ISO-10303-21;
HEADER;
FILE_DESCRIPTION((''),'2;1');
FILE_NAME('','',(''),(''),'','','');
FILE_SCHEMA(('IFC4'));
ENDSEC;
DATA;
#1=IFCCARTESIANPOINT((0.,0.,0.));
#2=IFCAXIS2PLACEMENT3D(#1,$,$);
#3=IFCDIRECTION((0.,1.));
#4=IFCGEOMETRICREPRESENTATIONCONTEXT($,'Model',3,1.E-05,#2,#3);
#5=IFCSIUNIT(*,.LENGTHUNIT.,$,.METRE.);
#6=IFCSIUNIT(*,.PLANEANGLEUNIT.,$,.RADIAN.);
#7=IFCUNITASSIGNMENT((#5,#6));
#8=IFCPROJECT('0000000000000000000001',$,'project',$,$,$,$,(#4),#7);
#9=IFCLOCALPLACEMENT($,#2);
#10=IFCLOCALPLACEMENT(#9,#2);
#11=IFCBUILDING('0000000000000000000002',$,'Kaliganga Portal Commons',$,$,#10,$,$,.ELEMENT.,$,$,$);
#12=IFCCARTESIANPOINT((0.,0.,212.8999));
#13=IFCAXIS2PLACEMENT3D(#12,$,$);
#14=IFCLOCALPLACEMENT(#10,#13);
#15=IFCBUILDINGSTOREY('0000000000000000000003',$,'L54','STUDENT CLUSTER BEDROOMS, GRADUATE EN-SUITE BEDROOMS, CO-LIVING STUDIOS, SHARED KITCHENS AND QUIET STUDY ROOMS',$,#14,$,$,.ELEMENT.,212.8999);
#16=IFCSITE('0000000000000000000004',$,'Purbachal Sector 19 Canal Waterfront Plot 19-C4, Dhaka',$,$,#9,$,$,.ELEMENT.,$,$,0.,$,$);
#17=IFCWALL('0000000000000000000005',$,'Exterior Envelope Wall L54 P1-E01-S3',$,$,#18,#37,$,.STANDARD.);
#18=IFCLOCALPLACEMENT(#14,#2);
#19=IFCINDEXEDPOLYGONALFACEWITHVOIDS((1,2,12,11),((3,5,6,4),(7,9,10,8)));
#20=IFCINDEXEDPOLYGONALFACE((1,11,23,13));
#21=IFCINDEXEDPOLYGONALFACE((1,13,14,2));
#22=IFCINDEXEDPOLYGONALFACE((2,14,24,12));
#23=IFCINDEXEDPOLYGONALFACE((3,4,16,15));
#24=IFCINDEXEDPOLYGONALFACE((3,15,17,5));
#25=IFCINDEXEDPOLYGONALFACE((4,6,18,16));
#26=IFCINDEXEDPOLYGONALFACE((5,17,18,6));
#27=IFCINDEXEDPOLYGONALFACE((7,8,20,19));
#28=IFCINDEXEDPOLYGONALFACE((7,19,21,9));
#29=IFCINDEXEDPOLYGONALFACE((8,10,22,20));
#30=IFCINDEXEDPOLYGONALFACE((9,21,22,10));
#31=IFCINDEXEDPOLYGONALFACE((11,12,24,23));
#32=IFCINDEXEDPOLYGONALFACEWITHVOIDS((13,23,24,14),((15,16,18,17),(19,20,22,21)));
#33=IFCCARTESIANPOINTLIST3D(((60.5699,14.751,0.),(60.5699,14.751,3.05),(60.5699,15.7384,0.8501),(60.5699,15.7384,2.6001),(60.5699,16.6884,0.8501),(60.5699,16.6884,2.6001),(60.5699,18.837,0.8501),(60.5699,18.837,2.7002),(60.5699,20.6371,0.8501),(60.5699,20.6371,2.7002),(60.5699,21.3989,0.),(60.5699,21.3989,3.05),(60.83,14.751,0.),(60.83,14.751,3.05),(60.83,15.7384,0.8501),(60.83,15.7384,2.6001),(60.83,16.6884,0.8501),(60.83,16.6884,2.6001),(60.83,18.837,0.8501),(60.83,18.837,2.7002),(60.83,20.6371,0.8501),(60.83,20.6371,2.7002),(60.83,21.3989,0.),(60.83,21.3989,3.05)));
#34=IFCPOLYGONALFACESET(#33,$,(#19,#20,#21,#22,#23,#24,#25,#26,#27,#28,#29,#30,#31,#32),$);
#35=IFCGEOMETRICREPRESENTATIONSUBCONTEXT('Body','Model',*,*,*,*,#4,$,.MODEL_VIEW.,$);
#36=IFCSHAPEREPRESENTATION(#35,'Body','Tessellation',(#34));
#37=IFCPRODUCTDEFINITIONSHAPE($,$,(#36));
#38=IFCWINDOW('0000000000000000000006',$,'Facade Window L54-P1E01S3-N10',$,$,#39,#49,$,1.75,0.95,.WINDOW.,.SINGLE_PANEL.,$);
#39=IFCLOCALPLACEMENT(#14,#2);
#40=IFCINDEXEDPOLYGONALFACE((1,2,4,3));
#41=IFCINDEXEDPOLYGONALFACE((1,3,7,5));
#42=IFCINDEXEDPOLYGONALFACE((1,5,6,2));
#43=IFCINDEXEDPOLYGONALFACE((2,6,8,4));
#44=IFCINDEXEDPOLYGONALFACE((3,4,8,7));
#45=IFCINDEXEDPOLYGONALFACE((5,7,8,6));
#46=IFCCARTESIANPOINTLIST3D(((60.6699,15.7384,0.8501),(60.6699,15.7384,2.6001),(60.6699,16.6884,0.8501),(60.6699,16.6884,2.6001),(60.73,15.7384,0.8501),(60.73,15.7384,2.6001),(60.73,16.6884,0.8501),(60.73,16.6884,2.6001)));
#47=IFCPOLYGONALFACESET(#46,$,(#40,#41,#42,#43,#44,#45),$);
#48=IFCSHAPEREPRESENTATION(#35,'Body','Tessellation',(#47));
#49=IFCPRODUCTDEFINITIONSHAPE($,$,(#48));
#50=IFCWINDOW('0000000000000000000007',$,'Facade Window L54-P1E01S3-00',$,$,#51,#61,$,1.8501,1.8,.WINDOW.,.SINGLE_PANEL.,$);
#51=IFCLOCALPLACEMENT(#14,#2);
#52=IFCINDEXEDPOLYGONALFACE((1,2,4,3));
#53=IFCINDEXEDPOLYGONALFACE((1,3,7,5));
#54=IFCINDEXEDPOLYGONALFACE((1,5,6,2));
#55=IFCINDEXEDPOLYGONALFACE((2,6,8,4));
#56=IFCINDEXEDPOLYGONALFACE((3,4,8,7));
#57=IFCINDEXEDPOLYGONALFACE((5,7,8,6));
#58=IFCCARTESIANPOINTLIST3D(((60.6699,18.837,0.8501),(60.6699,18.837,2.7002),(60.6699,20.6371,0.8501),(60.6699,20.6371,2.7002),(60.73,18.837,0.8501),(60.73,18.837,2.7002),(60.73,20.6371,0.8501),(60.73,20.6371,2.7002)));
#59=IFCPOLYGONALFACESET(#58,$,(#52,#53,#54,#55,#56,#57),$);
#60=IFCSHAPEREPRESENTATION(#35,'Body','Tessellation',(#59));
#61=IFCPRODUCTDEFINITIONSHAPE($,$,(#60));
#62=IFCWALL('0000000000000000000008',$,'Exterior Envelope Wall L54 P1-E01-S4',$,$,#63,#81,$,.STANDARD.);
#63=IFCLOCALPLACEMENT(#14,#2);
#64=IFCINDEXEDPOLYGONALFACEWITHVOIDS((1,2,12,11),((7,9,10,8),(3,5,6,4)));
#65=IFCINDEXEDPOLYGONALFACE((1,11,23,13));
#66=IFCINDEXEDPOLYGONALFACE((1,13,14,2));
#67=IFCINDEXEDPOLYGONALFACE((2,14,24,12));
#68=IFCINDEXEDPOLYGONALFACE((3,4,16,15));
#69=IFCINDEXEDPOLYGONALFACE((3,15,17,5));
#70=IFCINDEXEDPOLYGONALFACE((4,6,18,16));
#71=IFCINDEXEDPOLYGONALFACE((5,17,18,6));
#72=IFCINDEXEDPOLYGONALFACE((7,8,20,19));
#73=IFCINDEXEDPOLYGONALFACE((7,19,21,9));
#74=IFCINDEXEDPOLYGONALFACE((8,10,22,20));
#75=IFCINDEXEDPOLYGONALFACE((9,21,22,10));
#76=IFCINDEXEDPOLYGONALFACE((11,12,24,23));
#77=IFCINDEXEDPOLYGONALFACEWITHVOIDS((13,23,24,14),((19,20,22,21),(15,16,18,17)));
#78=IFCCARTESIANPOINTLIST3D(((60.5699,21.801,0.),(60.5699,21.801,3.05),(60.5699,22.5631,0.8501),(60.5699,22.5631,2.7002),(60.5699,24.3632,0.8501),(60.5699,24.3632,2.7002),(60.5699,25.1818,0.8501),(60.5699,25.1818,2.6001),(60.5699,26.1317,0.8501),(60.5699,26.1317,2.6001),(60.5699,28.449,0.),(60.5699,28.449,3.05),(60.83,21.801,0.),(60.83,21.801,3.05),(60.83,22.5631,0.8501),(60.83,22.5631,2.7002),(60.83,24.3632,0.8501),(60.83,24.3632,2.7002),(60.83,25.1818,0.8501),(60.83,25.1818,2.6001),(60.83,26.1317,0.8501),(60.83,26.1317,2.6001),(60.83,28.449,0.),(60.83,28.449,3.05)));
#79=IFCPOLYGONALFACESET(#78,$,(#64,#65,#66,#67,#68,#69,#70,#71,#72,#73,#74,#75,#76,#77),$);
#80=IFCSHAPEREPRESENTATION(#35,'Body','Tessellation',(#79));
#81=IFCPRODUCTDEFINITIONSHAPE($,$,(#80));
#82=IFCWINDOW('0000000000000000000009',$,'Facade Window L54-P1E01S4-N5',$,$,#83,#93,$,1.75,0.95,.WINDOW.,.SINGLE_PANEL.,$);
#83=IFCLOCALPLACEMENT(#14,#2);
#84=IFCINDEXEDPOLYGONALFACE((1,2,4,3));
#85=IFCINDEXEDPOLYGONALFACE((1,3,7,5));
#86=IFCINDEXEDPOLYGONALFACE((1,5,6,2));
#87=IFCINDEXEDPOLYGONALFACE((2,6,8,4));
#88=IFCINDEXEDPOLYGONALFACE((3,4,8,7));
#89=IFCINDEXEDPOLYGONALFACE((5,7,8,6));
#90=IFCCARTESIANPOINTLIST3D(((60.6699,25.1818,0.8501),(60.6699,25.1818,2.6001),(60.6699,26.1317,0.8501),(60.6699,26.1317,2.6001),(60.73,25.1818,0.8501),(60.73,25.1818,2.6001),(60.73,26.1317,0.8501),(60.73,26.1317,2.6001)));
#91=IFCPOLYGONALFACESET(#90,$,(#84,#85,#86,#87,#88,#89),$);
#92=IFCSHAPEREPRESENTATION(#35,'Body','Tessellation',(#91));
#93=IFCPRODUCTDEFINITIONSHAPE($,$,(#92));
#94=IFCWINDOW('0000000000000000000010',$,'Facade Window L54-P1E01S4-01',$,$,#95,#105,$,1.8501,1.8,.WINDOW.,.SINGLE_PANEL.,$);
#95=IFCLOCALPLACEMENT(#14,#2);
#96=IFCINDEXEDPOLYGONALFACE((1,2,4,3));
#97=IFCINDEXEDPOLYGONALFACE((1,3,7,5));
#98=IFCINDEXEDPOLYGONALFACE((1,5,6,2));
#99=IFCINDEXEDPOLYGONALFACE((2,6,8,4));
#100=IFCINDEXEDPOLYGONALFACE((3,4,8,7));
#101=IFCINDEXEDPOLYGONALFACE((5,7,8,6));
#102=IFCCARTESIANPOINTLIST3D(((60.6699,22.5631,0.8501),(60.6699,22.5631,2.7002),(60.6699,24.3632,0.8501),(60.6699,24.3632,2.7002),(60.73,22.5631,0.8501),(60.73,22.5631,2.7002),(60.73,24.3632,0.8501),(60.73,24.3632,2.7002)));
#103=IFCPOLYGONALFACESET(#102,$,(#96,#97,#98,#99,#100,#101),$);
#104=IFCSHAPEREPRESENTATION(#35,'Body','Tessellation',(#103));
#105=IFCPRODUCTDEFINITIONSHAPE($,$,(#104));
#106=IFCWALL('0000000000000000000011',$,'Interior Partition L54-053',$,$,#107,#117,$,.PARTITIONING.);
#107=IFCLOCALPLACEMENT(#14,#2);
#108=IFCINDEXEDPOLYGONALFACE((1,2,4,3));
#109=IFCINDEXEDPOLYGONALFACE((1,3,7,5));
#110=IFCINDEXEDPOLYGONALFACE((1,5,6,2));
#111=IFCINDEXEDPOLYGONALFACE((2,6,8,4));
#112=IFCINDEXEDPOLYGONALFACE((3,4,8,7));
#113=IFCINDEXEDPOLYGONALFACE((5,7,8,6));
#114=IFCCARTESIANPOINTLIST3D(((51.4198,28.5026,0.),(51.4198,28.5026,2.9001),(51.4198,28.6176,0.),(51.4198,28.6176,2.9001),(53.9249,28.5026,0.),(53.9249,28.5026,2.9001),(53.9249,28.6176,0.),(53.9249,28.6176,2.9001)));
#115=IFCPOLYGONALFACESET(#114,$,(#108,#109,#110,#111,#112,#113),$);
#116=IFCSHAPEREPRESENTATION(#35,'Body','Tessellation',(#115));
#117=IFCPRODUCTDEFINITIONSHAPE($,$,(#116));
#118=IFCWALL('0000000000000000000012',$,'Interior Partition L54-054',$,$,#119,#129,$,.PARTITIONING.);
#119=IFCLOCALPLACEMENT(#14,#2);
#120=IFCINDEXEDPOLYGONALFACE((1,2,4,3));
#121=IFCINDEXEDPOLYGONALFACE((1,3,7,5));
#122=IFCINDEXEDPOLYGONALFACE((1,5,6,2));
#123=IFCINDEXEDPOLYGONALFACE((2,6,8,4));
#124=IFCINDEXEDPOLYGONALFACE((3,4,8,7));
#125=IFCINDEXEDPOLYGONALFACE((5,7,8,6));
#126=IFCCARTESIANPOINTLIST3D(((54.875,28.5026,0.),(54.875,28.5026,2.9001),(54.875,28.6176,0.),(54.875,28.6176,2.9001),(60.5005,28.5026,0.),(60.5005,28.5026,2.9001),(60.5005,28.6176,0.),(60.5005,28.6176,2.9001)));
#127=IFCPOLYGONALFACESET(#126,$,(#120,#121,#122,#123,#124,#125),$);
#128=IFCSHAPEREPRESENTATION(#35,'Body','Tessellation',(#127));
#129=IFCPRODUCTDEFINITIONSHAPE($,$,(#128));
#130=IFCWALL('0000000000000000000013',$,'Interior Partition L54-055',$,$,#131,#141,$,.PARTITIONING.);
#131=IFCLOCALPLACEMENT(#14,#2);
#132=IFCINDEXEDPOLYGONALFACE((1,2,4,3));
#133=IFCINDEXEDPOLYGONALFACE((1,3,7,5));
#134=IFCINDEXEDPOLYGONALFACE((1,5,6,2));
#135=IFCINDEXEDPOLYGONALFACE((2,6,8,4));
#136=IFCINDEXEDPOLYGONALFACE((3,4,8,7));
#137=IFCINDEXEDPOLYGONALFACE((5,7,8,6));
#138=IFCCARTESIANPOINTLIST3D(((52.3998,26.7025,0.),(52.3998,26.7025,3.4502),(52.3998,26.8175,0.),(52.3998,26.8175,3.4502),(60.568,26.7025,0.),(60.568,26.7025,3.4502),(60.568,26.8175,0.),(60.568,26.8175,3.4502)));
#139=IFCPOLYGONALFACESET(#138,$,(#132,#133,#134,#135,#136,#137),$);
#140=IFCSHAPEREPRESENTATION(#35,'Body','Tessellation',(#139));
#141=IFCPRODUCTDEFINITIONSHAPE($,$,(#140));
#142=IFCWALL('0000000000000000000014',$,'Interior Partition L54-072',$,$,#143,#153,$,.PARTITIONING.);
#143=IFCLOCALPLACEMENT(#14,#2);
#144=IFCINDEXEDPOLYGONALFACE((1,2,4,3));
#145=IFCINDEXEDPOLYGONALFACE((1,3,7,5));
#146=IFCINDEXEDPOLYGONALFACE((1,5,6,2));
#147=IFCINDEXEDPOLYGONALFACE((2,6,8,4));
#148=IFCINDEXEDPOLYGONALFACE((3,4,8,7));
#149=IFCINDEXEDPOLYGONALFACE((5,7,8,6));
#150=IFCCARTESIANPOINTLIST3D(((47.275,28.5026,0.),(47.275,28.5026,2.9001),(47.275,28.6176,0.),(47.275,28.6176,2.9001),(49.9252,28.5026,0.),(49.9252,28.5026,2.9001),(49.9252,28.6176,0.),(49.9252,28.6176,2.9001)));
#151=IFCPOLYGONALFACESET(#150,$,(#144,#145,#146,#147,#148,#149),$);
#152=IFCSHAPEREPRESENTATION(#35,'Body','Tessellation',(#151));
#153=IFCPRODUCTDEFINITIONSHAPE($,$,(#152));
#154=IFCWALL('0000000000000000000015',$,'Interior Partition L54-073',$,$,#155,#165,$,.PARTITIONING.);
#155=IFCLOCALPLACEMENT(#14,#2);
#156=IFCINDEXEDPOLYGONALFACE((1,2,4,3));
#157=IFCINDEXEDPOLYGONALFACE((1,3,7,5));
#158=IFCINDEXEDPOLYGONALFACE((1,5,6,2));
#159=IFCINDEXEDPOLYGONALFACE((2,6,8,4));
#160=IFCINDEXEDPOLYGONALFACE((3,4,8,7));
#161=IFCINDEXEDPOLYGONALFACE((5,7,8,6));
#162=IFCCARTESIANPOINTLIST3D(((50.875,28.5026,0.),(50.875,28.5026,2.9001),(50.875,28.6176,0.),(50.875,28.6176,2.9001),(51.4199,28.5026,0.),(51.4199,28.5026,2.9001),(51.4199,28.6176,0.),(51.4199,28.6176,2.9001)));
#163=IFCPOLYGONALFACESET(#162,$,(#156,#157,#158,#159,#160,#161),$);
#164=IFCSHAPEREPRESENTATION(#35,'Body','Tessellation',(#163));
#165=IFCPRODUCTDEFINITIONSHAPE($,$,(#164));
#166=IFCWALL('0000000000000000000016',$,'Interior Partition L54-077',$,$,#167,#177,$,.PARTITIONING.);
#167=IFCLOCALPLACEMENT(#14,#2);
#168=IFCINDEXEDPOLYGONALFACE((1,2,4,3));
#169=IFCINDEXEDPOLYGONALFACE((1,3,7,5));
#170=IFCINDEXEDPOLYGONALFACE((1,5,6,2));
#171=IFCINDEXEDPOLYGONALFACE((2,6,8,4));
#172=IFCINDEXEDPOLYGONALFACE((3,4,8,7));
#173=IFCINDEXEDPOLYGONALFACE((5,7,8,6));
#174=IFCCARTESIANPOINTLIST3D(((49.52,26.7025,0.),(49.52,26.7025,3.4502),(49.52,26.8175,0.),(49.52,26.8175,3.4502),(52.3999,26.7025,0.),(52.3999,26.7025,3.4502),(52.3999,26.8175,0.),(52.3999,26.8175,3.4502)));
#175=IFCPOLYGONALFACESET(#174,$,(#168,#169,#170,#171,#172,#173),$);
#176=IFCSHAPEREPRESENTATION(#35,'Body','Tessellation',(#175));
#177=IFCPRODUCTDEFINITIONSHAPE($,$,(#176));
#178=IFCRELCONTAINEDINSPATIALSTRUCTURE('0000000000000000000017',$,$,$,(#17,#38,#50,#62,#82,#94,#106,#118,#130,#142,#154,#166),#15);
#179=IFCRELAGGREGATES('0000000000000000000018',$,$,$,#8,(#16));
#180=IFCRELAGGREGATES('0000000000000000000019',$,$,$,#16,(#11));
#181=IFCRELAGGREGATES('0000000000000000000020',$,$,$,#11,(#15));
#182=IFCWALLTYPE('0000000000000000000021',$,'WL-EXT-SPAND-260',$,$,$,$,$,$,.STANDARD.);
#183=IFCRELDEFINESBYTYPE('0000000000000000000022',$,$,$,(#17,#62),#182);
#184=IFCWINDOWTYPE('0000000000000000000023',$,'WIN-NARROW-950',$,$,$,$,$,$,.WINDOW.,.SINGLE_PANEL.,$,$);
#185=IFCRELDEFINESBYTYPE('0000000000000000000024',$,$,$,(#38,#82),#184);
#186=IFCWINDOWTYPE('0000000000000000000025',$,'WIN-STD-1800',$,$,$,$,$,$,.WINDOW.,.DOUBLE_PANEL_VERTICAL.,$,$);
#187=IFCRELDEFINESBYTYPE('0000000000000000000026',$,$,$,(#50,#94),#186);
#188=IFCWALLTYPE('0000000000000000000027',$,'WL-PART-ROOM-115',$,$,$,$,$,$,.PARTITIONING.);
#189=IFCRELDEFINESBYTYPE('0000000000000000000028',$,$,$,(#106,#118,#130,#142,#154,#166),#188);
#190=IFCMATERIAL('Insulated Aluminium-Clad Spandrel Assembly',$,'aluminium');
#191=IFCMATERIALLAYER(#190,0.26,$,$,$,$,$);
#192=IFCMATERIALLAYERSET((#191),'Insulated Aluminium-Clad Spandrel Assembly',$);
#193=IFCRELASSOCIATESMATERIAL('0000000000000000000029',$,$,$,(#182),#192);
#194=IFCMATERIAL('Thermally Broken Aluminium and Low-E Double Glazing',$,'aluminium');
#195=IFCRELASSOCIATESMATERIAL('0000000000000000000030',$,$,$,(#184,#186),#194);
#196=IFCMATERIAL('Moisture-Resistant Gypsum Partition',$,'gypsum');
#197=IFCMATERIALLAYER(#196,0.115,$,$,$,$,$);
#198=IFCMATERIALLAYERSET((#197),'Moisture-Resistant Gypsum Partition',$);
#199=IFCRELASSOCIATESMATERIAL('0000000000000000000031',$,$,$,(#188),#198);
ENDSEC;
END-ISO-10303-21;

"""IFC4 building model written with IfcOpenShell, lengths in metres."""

from ifc_helpers import new_model, si_unit, direction, frame, frame_2d, origin, place, context, subcontext, project, spatial, rectangle, extrude, material, layer, layer_set, type_object, element, fill, save


model = new_model("IFC4")

# Units and contexts
model_context = context("Model", 3, precision=1e-05, world=origin(), true_north=direction((0.0, 1.0)))
body_context = subcontext(model_context, "Body", "Model", "MODEL_VIEW")
ifc_project = project(units=[si_unit("LENGTHUNIT", "METRE"), si_unit("PLANEANGLEUNIT", "RADIAN")], contexts=[model_context])

# Site, building, storey
site_placement = place(None, origin())
site = spatial("IfcSite", under=ifc_project, at=site_placement, Name="Purbachal Sector 19 Canal Waterfront Plot 19-C4, Dhaka", CompositionType="ELEMENT", RefElevation=0.0)
building_placement = place(site_placement, origin())
building = spatial("IfcBuilding", under=site, at=building_placement, Name="Kaliganga Portal Commons", CompositionType="ELEMENT")
storey_placement = place(building_placement, frame((0.0, 0.0, 212.8999)))
storey = spatial("IfcBuildingStorey", under=building, at=storey_placement, Name="L54", Description="STUDENT CLUSTER BEDROOMS, GRADUATE EN-SUITE BEDROOMS, CO-LIVING STUDIOS, SHARED KITCHENS AND QUIET STUDY ROOMS", CompositionType="ELEMENT", Elevation=212.8999)

# Walls, openings, windows
ifc_material_1 = material(Name="Insulated Aluminium-Clad Spandrel Assembly", Category="aluminium")
ifc_layer_1 = layer(ifc_material_1, 0.26)
ifc_layer_set_1 = layer_set([ifc_layer_1], Name="Insulated Aluminium-Clad Spandrel Assembly")
wall_type_1 = type_object("IfcWallType", Name="WL-EXT-SPAND-260", PredefinedType="STANDARD", material=ifc_layer_set_1)
wall_1_placement = place(storey_placement, frame((60.7, 21.3989, 0.0), z_axis=(0.0, 0.0, 1.0), x_axis=(0.0, -1.0, 0.0)))
wall_1 = element("IfcWall", 1, at=wall_1_placement, inside=storey, type_object=wall_type_1, Name="Exterior Envelope Wall L54 P1-E01-S3", PredefinedType="STANDARD", context=body_context, shape_type="SweptSolid", body=[
    extrude(rectangle(XDim=6.6479, YDim=0.26, at=frame_2d((3.324, 0.0))), origin(), (0.0, 0.0, 1.0), 3.05),
])
opening_1_placement = place(wall_1_placement, frame((0.762, 0.0, 0.8501)))
opening_1 = element("IfcOpeningElement", 2, at=opening_1_placement, cuts=wall_1, PredefinedType="OPENING", context=body_context, shape_type="SweptSolid", body=[
    extrude(rectangle(XDim=1.8, YDim=1.8501, at=frame_2d((0.8999, 0.925))), frame((0.0, 0.1401, 0.0), z_axis=(0.0, -1.0, 0.0), x_axis=(1.0, 0.0, 0.0)), (0.0, 0.0, 1.0), 0.28),
])
opening_2_placement = place(wall_1_placement, frame((4.7104, 0.0, 0.8501)))
opening_2 = element("IfcOpeningElement", 3, at=opening_2_placement, cuts=wall_1, PredefinedType="OPENING", context=body_context, shape_type="SweptSolid", body=[
    extrude(rectangle(XDim=0.95, YDim=1.75, at=frame_2d((0.4751, 0.875))), frame((0.0, 0.1401, 0.0), z_axis=(0.0, -1.0, 0.0), x_axis=(1.0, 0.0, 0.0)), (0.0, 0.0, 1.0), 0.28),
])
ifc_material_2 = material(Name="Thermally Broken Aluminium and Low-E Double Glazing", Category="aluminium")
window_type_1 = type_object("IfcWindowType", Name="WIN-NARROW-950", PartitioningType="SINGLE_PANEL", PredefinedType="WINDOW", material=ifc_material_2)
window_1_placement = place(opening_2_placement, origin())
window_1 = element("IfcWindow", 4, at=window_1_placement, inside=storey, type_object=window_type_1, Name="Facade Window L54-P1E01S3-N10", OverallHeight=1.75, OverallWidth=0.95, PartitioningType="SINGLE_PANEL", PredefinedType="WINDOW", context=body_context, shape_type="SweptSolid", body=[
    extrude(rectangle(XDim=0.95, YDim=1.75, at=frame_2d((0.4751, 0.875))), frame((0.0, 0.03, 0.0), z_axis=(0.0, -1.0, 0.0), x_axis=(1.0, 0.0, 0.0)), (0.0, 0.0, 1.0), 0.0601),
])
fill(opening_2, window_1)
window_type_2 = type_object("IfcWindowType", Name="WIN-STD-1800", PartitioningType="DOUBLE_PANEL_VERTICAL", PredefinedType="WINDOW", material=ifc_material_2)
window_2_placement = place(opening_1_placement, origin())
window_2 = element("IfcWindow", 5, at=window_2_placement, inside=storey, type_object=window_type_2, Name="Facade Window L54-P1E01S3-00", OverallHeight=1.8501, OverallWidth=1.8, PartitioningType="SINGLE_PANEL", PredefinedType="WINDOW", context=body_context, shape_type="SweptSolid", body=[
    extrude(rectangle(XDim=1.8, YDim=1.8501, at=frame_2d((0.8999, 0.925))), frame((0.0, 0.03, 0.0), z_axis=(0.0, -1.0, 0.0), x_axis=(1.0, 0.0, 0.0)), (0.0, 0.0, 1.0), 0.0601),
])
fill(opening_1, window_2)
wall_2_placement = place(storey_placement, frame((60.7, 28.449, 0.0), z_axis=(0.0, 0.0, 1.0), x_axis=(0.0, -1.0, 0.0)))
wall_2 = element("IfcWall", 6, at=wall_2_placement, inside=storey, type_object=wall_type_1, Name="Exterior Envelope Wall L54 P1-E01-S4", PredefinedType="STANDARD", context=body_context, shape_type="SweptSolid", body=[
    extrude(rectangle(XDim=6.6479, YDim=0.26, at=frame_2d((3.324, 0.0))), origin(), (0.0, 0.0, 1.0), 3.05),
])
opening_3_placement = place(wall_2_placement, frame((4.0859, 0.0, 0.8501)))
opening_3 = element("IfcOpeningElement", 7, at=opening_3_placement, cuts=wall_2, PredefinedType="OPENING", context=body_context, shape_type="SweptSolid", body=[
    extrude(rectangle(XDim=1.8, YDim=1.8501, at=frame_2d((0.8999, 0.925))), frame((0.0, 0.1401, 0.0), z_axis=(0.0, -1.0, 0.0), x_axis=(1.0, 0.0, 0.0)), (0.0, 0.0, 1.0), 0.28),
])
opening_4_placement = place(wall_2_placement, frame((2.3171, 0.0, 0.8501)))
opening_4 = element("IfcOpeningElement", 8, at=opening_4_placement, cuts=wall_2, PredefinedType="OPENING", context=body_context, shape_type="SweptSolid", body=[
    extrude(rectangle(XDim=0.95, YDim=1.75, at=frame_2d((0.4751, 0.875))), frame((0.0, 0.1401, 0.0), z_axis=(0.0, -1.0, 0.0), x_axis=(1.0, 0.0, 0.0)), (0.0, 0.0, 1.0), 0.28),
])
window_3_placement = place(opening_4_placement, origin())
window_3 = element("IfcWindow", 9, at=window_3_placement, inside=storey, type_object=window_type_1, Name="Facade Window L54-P1E01S4-N5", OverallHeight=1.75, OverallWidth=0.95, PartitioningType="SINGLE_PANEL", PredefinedType="WINDOW", context=body_context, shape_type="SweptSolid", body=[
    extrude(rectangle(XDim=0.95, YDim=1.75, at=frame_2d((0.4751, 0.875))), frame((0.0, 0.03, 0.0), z_axis=(0.0, -1.0, 0.0), x_axis=(1.0, 0.0, 0.0)), (0.0, 0.0, 1.0), 0.0601),
])
fill(opening_4, window_3)
window_4_placement = place(opening_3_placement, origin())
window_4 = element("IfcWindow", 10, at=window_4_placement, inside=storey, type_object=window_type_2, Name="Facade Window L54-P1E01S4-01", OverallHeight=1.8501, OverallWidth=1.8, PartitioningType="SINGLE_PANEL", PredefinedType="WINDOW", context=body_context, shape_type="SweptSolid", body=[
    extrude(rectangle(XDim=1.8, YDim=1.8501, at=frame_2d((0.8999, 0.925))), frame((0.0, 0.03, 0.0), z_axis=(0.0, -1.0, 0.0), x_axis=(1.0, 0.0, 0.0)), (0.0, 0.0, 1.0), 0.0601),
])
fill(opening_3, window_4)

# Walls
ifc_material_3 = material(Name="Moisture-Resistant Gypsum Partition", Category="gypsum")
ifc_layer_2 = layer(ifc_material_3, 0.115)
ifc_layer_set_2 = layer_set([ifc_layer_2], Name="Moisture-Resistant Gypsum Partition")
wall_type_2 = type_object("IfcWallType", Name="WL-PART-ROOM-115", PredefinedType="PARTITIONING", material=ifc_layer_set_2)
wall_3_placement = place(storey_placement, frame((51.4199, 28.5601, 0.0), z_axis=(0.0, 0.0, 1.0), x_axis=(1.0, 0.0, 0.0)))
element("IfcWall", 11, at=wall_3_placement, inside=storey, type_object=wall_type_2, Name="Interior Partition L54-053", PredefinedType="PARTITIONING", context=body_context, shape_type="SweptSolid", body=[
    extrude(rectangle(XDim=2.5051, YDim=0.115, at=frame_2d((1.2524, 0.0))), origin(), (0.0, 0.0, 1.0), 2.9001),
])
wall_4_placement = place(storey_placement, frame((54.875, 28.5601, 0.0), z_axis=(0.0, 0.0, 1.0), x_axis=(1.0, 0.0, 0.0)))
element("IfcWall", 12, at=wall_4_placement, inside=storey, type_object=wall_type_2, Name="Interior Partition L54-054", PredefinedType="PARTITIONING", context=body_context, shape_type="SweptSolid", body=[
    extrude(rectangle(XDim=5.6255, YDim=0.115, at=frame_2d((2.8127, 0.0))), origin(), (0.0, 0.0, 1.0), 2.9001),
])
wall_5_placement = place(storey_placement, frame((52.3999, 26.76, 0.0), z_axis=(0.0, 0.0, 1.0), x_axis=(1.0, 0.0, 0.0)))
element("IfcWall", 13, at=wall_5_placement, inside=storey, type_object=wall_type_2, Name="Interior Partition L54-055", PredefinedType="PARTITIONING", context=body_context, shape_type="SweptSolid", body=[
    extrude(rectangle(XDim=8.1682, YDim=0.115, at=frame_2d((4.084, 0.0))), origin(), (0.0, 0.0, 1.0), 3.4502),
])
wall_6_placement = place(storey_placement, frame((47.2749, 28.5601, 0.0), z_axis=(0.0, 0.0, 1.0), x_axis=(1.0, 0.0, 0.0)))
element("IfcWall", 14, at=wall_6_placement, inside=storey, type_object=wall_type_2, Name="Interior Partition L54-072", PredefinedType="PARTITIONING", context=body_context, shape_type="SweptSolid", body=[
    extrude(rectangle(XDim=2.6501, YDim=0.115, at=frame_2d((1.3252, 0.0))), origin(), (0.0, 0.0, 1.0), 2.9001),
])
wall_7_placement = place(storey_placement, frame((50.875, 28.5601, 0.0), z_axis=(0.0, 0.0, 1.0), x_axis=(1.0, 0.0, 0.0)))
element("IfcWall", 15, at=wall_7_placement, inside=storey, type_object=wall_type_2, Name="Interior Partition L54-073", PredefinedType="PARTITIONING", context=body_context, shape_type="SweptSolid", body=[
    extrude(rectangle(XDim=0.5449, YDim=0.115, at=frame_2d((0.2725, 0.0))), origin(), (0.0, 0.0, 1.0), 2.9001),
])
wall_8_placement = place(storey_placement, frame((49.52, 26.76, 0.0), z_axis=(0.0, 0.0, 1.0), x_axis=(1.0, 0.0, 0.0)))
element("IfcWall", 16, at=wall_8_placement, inside=storey, type_object=wall_type_2, Name="Interior Partition L54-077", PredefinedType="PARTITIONING", context=body_context, shape_type="SweptSolid", body=[
    extrude(rectangle(XDim=2.8799, YDim=0.115, at=frame_2d((1.4399, 0.0))), origin(), (0.0, 0.0, 1.0), 3.4502),
])

save(model, "model.ifc")
